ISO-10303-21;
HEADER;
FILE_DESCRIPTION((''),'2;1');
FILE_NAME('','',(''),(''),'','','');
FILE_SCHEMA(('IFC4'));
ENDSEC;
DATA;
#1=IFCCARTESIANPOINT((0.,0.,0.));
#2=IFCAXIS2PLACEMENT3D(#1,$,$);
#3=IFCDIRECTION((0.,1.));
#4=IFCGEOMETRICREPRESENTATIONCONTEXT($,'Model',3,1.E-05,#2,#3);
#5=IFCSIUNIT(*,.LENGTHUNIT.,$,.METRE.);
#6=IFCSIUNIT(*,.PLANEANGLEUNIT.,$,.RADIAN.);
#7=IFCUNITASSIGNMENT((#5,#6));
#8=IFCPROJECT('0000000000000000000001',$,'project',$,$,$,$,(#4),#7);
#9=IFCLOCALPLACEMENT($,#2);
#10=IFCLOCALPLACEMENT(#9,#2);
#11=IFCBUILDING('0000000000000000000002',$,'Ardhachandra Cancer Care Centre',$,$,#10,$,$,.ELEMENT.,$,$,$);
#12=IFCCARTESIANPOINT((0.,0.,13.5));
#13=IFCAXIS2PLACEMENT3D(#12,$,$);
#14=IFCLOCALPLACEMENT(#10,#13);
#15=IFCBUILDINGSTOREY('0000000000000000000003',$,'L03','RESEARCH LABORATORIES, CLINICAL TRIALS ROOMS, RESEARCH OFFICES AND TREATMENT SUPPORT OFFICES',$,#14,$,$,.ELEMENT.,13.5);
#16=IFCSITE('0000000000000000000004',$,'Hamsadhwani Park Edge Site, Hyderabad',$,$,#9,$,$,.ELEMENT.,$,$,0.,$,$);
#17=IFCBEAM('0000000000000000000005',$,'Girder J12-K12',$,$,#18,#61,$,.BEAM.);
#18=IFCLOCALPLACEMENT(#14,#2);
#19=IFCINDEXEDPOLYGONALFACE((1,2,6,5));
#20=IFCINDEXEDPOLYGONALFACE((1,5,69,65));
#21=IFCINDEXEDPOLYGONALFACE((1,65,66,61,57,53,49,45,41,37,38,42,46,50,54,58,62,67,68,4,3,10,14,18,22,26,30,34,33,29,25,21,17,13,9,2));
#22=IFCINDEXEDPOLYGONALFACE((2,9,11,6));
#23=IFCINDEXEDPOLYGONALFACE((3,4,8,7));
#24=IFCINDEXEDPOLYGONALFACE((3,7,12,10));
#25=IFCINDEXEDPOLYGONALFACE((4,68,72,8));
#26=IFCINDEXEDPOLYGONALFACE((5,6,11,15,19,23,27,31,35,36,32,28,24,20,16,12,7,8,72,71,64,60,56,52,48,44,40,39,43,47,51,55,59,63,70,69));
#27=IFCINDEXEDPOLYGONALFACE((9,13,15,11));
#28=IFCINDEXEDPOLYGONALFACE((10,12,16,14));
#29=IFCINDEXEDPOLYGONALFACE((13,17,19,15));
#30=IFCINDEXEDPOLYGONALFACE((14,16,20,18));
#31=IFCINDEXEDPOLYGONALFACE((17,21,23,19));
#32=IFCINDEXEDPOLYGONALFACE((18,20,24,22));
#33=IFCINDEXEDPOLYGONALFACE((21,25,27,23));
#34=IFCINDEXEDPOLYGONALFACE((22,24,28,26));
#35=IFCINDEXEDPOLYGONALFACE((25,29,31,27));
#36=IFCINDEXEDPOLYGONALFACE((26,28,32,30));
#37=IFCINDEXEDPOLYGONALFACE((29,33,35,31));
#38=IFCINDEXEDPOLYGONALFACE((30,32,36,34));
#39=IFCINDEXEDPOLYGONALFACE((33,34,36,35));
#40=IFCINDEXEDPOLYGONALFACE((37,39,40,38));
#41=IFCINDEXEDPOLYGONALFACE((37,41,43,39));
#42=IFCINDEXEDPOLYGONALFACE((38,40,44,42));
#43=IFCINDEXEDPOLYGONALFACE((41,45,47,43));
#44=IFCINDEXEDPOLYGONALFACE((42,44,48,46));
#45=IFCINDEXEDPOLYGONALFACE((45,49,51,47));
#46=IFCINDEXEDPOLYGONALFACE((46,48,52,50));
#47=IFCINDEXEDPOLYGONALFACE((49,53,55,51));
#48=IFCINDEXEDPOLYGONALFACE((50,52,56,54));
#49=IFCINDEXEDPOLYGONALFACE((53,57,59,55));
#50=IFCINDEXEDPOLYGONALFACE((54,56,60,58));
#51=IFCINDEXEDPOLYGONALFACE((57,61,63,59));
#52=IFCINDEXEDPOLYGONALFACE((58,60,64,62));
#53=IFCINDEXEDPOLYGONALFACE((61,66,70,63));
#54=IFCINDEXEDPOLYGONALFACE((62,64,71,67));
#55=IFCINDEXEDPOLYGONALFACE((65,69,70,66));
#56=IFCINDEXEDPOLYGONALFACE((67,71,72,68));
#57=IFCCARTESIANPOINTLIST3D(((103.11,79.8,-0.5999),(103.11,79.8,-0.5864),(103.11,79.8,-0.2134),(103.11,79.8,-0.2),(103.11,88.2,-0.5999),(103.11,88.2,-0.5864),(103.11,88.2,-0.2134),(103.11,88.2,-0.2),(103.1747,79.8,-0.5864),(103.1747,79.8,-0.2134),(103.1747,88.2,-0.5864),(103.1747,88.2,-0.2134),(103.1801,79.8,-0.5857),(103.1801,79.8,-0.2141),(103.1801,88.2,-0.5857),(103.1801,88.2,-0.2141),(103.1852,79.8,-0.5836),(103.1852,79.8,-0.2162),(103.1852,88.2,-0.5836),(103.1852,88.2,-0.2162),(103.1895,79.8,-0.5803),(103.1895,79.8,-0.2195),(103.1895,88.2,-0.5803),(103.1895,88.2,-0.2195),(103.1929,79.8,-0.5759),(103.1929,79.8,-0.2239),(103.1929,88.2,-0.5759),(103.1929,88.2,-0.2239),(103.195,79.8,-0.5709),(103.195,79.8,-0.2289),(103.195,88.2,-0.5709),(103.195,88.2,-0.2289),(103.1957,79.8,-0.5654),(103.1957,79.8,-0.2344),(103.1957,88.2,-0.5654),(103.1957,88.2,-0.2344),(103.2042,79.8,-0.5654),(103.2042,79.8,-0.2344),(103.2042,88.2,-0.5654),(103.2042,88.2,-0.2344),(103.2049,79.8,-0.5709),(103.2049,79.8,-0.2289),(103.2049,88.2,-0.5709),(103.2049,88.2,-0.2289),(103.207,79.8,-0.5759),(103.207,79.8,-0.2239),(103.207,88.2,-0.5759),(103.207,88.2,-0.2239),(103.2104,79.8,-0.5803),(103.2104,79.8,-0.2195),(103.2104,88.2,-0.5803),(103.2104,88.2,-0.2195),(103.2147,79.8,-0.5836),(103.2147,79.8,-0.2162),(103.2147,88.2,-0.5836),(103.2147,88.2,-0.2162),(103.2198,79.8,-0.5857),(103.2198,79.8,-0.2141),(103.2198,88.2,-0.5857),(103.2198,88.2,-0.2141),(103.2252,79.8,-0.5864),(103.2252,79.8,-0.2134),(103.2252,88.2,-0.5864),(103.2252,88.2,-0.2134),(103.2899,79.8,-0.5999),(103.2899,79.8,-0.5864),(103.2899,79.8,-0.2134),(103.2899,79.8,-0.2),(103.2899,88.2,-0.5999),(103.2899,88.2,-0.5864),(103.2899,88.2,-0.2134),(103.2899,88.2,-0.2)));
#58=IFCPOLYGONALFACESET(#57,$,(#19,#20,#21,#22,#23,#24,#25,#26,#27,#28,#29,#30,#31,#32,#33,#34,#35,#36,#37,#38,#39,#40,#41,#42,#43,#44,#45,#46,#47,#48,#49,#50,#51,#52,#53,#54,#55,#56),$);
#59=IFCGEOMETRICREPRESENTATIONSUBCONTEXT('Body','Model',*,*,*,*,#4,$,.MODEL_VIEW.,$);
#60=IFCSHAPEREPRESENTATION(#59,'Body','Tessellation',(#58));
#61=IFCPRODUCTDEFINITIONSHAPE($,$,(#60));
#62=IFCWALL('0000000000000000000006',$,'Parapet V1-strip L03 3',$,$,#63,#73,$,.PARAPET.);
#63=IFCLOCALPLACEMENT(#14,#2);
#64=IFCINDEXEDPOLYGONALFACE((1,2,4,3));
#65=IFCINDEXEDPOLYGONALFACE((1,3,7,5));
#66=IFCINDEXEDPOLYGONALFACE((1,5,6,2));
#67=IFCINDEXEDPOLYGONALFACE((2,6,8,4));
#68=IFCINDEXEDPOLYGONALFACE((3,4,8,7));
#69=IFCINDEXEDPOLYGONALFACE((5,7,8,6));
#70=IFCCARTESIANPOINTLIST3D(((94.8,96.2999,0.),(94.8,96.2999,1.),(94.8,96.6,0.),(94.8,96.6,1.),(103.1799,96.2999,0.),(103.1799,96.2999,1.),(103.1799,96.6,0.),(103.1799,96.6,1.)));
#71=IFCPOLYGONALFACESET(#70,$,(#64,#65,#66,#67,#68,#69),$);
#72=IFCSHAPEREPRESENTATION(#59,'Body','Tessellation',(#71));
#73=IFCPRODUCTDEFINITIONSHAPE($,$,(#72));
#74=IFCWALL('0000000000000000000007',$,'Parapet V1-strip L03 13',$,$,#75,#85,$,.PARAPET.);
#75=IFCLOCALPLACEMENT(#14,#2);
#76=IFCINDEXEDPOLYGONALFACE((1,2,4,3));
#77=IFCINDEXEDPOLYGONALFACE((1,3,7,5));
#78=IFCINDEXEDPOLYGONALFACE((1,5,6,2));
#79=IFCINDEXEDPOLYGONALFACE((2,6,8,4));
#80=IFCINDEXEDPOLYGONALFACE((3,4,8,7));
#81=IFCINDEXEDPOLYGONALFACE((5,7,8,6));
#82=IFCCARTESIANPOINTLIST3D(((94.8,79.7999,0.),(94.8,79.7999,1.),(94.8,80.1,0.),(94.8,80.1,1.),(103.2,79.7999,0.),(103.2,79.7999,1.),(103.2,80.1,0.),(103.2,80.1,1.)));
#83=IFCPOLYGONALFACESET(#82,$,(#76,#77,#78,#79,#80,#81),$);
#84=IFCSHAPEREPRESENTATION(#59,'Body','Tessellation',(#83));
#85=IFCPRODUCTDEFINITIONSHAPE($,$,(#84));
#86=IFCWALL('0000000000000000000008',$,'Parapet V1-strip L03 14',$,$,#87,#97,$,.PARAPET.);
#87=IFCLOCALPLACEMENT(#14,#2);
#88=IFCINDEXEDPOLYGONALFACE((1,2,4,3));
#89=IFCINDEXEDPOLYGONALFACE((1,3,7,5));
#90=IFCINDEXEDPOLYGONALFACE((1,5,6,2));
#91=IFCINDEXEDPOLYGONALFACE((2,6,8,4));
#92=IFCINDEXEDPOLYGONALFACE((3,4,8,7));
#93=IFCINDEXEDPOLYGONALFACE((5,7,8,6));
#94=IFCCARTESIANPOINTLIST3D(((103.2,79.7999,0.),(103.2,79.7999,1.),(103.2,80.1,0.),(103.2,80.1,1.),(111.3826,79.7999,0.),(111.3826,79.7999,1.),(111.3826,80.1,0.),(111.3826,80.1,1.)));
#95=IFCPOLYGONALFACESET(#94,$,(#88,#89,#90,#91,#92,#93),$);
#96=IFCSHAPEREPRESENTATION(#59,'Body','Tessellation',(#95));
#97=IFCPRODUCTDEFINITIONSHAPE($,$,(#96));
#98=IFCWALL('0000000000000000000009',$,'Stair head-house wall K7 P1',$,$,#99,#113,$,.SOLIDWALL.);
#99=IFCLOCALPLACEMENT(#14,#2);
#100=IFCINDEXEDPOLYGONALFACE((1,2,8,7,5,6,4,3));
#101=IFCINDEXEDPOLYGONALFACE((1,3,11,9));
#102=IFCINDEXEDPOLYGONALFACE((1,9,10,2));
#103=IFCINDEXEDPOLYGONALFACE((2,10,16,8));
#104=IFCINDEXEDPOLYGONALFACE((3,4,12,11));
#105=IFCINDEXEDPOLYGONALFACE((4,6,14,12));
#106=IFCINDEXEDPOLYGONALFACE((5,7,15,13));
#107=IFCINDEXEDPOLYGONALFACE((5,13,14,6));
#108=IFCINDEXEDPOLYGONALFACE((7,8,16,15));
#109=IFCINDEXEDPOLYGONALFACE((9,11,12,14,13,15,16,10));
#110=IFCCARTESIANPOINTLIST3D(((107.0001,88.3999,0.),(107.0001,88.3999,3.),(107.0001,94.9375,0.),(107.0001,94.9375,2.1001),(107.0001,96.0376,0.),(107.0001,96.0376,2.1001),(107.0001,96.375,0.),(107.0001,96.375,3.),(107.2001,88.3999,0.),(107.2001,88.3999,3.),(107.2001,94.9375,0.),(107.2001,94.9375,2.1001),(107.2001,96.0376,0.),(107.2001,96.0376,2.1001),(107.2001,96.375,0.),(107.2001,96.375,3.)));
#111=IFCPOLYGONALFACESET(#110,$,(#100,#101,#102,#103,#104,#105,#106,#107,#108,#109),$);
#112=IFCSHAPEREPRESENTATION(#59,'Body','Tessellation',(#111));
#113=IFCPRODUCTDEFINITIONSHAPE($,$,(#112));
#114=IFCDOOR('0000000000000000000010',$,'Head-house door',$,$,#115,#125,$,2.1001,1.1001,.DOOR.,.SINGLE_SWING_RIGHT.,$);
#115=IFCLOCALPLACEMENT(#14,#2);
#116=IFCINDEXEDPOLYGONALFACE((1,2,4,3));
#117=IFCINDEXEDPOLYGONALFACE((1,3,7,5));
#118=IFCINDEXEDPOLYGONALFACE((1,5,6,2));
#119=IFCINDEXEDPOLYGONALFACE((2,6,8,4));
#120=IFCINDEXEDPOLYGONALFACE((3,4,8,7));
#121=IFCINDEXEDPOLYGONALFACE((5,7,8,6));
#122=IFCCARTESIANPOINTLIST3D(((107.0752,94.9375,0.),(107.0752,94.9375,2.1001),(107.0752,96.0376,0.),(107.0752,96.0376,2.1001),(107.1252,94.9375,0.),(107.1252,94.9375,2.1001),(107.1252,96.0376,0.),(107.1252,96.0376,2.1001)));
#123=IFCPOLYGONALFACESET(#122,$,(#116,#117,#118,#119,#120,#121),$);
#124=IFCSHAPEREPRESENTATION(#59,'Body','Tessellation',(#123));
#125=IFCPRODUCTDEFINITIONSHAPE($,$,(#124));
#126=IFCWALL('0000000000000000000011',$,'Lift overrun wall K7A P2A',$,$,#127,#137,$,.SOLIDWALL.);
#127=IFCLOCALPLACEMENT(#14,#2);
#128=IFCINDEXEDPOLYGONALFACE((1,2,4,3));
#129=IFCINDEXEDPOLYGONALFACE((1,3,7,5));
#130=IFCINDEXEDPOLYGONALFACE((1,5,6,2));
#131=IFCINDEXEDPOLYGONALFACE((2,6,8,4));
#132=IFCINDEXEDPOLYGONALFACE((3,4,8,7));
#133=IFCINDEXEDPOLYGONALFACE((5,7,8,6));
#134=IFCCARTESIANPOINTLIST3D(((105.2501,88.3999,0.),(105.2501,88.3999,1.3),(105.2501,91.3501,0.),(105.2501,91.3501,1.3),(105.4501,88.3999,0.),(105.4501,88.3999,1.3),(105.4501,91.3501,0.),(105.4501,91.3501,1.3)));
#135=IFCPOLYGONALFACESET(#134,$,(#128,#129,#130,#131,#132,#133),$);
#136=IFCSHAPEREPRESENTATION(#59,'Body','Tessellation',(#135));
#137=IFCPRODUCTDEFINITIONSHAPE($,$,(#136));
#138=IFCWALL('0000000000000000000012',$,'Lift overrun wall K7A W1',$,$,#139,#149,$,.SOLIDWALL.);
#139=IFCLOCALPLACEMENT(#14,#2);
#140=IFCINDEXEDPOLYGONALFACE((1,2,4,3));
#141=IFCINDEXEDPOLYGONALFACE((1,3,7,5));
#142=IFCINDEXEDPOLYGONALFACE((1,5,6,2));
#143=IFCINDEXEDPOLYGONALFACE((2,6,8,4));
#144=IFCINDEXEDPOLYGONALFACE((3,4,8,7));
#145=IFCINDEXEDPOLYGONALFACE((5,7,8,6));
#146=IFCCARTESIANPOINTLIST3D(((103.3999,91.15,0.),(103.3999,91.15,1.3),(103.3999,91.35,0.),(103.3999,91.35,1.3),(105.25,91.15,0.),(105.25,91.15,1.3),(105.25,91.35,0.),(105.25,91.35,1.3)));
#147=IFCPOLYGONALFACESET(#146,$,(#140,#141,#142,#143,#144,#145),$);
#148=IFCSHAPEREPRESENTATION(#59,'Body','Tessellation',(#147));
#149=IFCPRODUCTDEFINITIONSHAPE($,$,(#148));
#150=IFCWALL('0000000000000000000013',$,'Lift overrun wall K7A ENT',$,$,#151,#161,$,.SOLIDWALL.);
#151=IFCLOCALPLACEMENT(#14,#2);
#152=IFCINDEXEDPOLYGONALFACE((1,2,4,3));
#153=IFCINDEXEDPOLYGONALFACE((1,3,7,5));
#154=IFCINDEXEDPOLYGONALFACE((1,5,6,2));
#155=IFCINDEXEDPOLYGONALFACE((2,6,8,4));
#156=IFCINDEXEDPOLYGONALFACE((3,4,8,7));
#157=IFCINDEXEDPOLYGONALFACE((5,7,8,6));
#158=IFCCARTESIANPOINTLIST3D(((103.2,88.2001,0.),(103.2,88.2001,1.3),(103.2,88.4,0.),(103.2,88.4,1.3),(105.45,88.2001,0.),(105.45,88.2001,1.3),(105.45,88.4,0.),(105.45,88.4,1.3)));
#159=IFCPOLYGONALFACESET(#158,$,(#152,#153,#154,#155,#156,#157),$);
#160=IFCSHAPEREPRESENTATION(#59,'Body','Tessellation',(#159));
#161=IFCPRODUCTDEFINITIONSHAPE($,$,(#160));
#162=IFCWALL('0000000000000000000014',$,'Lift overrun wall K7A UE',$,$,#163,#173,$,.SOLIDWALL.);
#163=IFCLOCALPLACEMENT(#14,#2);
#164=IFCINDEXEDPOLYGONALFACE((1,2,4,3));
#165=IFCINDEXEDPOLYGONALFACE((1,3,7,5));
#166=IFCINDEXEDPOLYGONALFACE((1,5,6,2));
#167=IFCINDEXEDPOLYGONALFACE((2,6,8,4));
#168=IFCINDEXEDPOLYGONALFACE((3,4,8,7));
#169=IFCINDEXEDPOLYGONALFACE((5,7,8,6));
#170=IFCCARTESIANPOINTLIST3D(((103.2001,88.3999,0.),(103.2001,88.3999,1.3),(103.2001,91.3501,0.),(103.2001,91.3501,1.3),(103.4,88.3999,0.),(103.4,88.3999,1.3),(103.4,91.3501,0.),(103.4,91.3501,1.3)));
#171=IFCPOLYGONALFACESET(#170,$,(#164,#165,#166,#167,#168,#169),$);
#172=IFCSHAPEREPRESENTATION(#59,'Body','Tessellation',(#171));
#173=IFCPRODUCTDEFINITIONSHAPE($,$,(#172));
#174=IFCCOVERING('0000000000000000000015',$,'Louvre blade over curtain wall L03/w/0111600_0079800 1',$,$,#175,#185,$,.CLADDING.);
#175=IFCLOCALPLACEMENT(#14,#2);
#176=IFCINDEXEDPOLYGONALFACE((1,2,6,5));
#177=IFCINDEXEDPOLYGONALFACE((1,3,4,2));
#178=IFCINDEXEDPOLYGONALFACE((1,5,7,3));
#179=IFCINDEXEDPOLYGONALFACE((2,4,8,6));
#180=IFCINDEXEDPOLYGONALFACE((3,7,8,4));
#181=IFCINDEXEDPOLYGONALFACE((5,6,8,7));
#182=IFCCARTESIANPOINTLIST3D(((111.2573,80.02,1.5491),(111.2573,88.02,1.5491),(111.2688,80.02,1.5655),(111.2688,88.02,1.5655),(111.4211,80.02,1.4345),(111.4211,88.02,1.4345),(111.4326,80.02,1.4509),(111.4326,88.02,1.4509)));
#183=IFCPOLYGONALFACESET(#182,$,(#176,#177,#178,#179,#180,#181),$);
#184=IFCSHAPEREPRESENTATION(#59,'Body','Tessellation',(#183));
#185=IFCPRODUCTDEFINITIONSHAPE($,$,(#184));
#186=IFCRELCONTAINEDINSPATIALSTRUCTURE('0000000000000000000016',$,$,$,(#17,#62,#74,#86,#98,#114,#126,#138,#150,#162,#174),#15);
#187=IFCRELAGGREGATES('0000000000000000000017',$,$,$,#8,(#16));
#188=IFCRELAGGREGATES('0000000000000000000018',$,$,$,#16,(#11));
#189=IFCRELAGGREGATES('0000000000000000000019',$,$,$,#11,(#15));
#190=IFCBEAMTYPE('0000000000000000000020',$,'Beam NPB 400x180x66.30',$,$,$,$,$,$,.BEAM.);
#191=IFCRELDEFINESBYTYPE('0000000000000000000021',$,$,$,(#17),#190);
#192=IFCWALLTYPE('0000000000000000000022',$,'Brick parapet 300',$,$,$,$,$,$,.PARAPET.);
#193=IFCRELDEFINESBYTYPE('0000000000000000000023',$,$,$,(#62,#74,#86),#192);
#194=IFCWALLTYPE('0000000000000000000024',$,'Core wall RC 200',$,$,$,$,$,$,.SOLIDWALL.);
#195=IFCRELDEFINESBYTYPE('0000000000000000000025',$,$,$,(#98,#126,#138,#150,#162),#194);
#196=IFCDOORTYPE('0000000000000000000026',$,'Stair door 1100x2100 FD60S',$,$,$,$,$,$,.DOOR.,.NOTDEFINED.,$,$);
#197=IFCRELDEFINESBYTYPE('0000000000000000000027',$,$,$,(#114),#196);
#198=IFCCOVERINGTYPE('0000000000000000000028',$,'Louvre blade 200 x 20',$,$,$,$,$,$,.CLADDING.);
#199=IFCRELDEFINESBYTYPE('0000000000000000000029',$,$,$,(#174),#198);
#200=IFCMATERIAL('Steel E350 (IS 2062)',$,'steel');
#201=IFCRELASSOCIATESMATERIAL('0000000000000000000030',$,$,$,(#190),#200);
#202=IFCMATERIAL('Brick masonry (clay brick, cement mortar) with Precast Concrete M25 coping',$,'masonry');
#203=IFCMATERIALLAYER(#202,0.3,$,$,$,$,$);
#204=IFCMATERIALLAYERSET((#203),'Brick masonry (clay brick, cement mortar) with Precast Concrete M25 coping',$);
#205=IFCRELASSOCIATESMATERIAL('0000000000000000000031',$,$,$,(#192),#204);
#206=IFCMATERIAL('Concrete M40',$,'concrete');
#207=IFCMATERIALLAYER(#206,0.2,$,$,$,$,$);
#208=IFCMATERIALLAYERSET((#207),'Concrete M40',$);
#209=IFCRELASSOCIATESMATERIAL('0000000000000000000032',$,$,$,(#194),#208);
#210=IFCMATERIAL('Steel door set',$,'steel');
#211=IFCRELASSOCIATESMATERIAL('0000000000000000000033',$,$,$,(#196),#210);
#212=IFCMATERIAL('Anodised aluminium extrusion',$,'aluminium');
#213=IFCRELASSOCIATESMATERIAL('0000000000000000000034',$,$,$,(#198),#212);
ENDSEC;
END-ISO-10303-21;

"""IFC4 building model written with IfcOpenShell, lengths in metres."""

from ifc_helpers import new_model, si_unit, direction, frame, frame_2d, origin, origin_2d, place, context, subcontext, project, spatial, rectangle, i_section, extrude, material, layer, layer_set, material_profile, profile_set, type_object, element, fill, save


model = new_model("IFC4")

# Units and contexts
model_context = context("Model", 3, precision=1e-05, world=origin(), true_north=direction((0.0, 1.0)))
body_context = subcontext(model_context, "Body", "Model", "MODEL_VIEW")
ifc_project = project(units=[si_unit("LENGTHUNIT", "METRE"), si_unit("PLANEANGLEUNIT", "RADIAN")], contexts=[model_context])

# Site, building, storey
site_placement = place(None, origin())
site = spatial("IfcSite", under=ifc_project, at=site_placement, Name="Hamsadhwani Park Edge Site, Hyderabad", CompositionType="ELEMENT", RefElevation=0.0)
building_placement = place(site_placement, origin())
building = spatial("IfcBuilding", under=site, at=building_placement, Name="Ardhachandra Cancer Care Centre", CompositionType="ELEMENT")
storey_placement = place(building_placement, frame((0.0, 0.0, 13.5)))
storey = spatial("IfcBuildingStorey", under=building, at=storey_placement, Name="L03", Description="RESEARCH LABORATORIES, CLINICAL TRIALS ROOMS, RESEARCH OFFICES AND TREATMENT SUPPORT OFFICES", CompositionType="ELEMENT", Elevation=13.5)

# Beam
ifc_material_1 = material(Name="Steel E350 (IS 2062)", Category="steel")
ifc_material_profile_1 = material_profile(ifc_material_1, i_section(OverallWidth=0.1799, OverallDepth=0.3999, WebThickness=0.0085, FlangeThickness=0.0134, FilletRadius=0.021, at=origin_2d()), Name="NPB 400x180x66.30")
ifc_profile_set_1 = profile_set([ifc_material_profile_1], Name="Steel E350 (IS 2062)")
beam_type_1 = type_object("IfcBeamType", Name="Beam NPB 400x180x66.30", PredefinedType="BEAM", material=ifc_profile_set_1)
beam_1_placement = place(storey_placement, frame((103.2, 79.8, -0.3999), z_axis=(0.0, 1.0, 0.0), x_axis=(-1.0, 0.0, 0.0)))
element("IfcBeam", 1, at=beam_1_placement, inside=storey, type_object=beam_type_1, Name="Girder J12-K12", PredefinedType="BEAM", context=body_context, shape_type="SweptSolid", body=[
    extrude(i_section(OverallWidth=0.1799, OverallDepth=0.3999, WebThickness=0.0085, FlangeThickness=0.0134, FilletRadius=0.021, at=origin_2d()), origin(), (0.0, 0.0, 1.0), 8.3999),
])

# Walls
ifc_material_2 = material(Name="Brick masonry (clay brick, cement mortar) with Precast Concrete M25 coping", Category="masonry")
ifc_layer_1 = layer(ifc_material_2, 0.3)
ifc_layer_set_1 = layer_set([ifc_layer_1], Name="Brick masonry (clay brick, cement mortar) with Precast Concrete M25 coping")
wall_type_1 = type_object("IfcWallType", Name="Brick parapet 300", PredefinedType="PARAPET", material=ifc_layer_set_1)
wall_1_placement = place(storey_placement, frame((94.8, 96.45, 0.0), z_axis=(0.0, 0.0, 1.0), x_axis=(1.0, 0.0, 0.0)))
element("IfcWall", 2, at=wall_1_placement, inside=storey, type_object=wall_type_1, Name="Parapet V1-strip L03 3", PredefinedType="PARAPET", context=body_context, shape_type="SweptSolid", body=[
    extrude(rectangle(XDim=8.3799, YDim=0.3, at=frame_2d((4.1899, 0.0))), origin(), (0.0, 0.0, 1.0), 1.0),
])
wall_2_placement = place(storey_placement, frame((94.8, 79.95, 0.0), z_axis=(0.0, 0.0, 1.0), x_axis=(1.0, 0.0, 0.0)))
element("IfcWall", 3, at=wall_2_placement, inside=storey, type_object=wall_type_1, Name="Parapet V1-strip L03 13", PredefinedType="PARAPET", context=body_context, shape_type="SweptSolid", body=[
    extrude(rectangle(XDim=8.3999, YDim=0.3, at=frame_2d((4.2, 0.0))), origin(), (0.0, 0.0, 1.0), 1.0),
])
wall_3_placement = place(storey_placement, frame((103.2, 79.95, 0.0), z_axis=(0.0, 0.0, 1.0), x_axis=(1.0, 0.0, 0.0)))
element("IfcWall", 4, at=wall_3_placement, inside=storey, type_object=wall_type_1, Name="Parapet V1-strip L03 14", PredefinedType="PARAPET", context=body_context, shape_type="SweptSolid", body=[
    extrude(rectangle(XDim=8.1826, YDim=0.3, at=frame_2d((4.0913, 0.0))), origin(), (0.0, 0.0, 1.0), 1.0),
])

# Wall, opening, door
ifc_material_3 = material(Name="Concrete M40", Category="concrete")
ifc_layer_2 = layer(ifc_material_3, 0.2)
ifc_layer_set_2 = layer_set([ifc_layer_2], Name="Concrete M40")
wall_type_2 = type_object("IfcWallType", Name="Core wall RC 200", PredefinedType="SOLIDWALL", material=ifc_layer_set_2)
wall_4_placement = place(storey_placement, frame((107.1001, 88.3999, 0.0), z_axis=(0.0, 0.0, 1.0), x_axis=(0.0, 1.0, 0.0)))
wall_4 = element("IfcWall", 5, at=wall_4_placement, inside=storey, type_object=wall_type_2, Name="Stair head-house wall K7 P1", PredefinedType="SOLIDWALL", context=body_context, shape_type="SweptSolid", body=[
    extrude(rectangle(XDim=7.9751, YDim=0.2, at=frame_2d((3.9875, 0.0))), origin(), (0.0, 0.0, 1.0), 3.0),
])
opening_placement = place(wall_4_placement, frame((6.5376, 0.0, 0.0)))
opening = element("IfcOpeningElement", 6, at=opening_placement, cuts=wall_4, PredefinedType="OPENING", context=body_context, shape_type="SweptSolid", body=[
    extrude(rectangle(XDim=1.1001, YDim=2.1001, at=frame_2d((0.55, 1.05))), frame((0.0, 0.1099, 0.0), z_axis=(0.0, -1.0, 0.0), x_axis=(1.0, 0.0, 0.0)), (0.0, 0.0, 1.0), 0.22),
])
ifc_material_4 = material(Name="Steel door set", Category="steel")
door_type = type_object("IfcDoorType", Name="Stair door 1100x2100 FD60S", OperationType="NOTDEFINED", PredefinedType="DOOR", material=ifc_material_4)
door_placement = place(opening_placement, origin())
door = element("IfcDoor", 7, at=door_placement, inside=storey, type_object=door_type, Name="Head-house door", OperationType="SINGLE_SWING_RIGHT", OverallHeight=2.1001, OverallWidth=1.1001, PredefinedType="DOOR", context=body_context, shape_type="SweptSolid", body=[
    extrude(rectangle(XDim=1.1001, YDim=2.1001, at=frame_2d((0.55, 1.05))), frame((0.0, 0.0249, 0.0), z_axis=(0.0, -1.0, 0.0), x_axis=(1.0, 0.0, 0.0)), (0.0, 0.0, 1.0), 0.05),
])
fill(opening, door)

# Walls
wall_5_placement = place(storey_placement, frame((105.3501, 88.3999, 0.0), z_axis=(0.0, 0.0, 1.0), x_axis=(0.0, 1.0, 0.0)))
element("IfcWall", 8, at=wall_5_placement, inside=storey, type_object=wall_type_2, Name="Lift overrun wall K7A P2A", PredefinedType="SOLIDWALL", context=body_context, shape_type="SweptSolid", body=[
    extrude(rectangle(XDim=2.9502, YDim=0.2, at=frame_2d((1.4751, 0.0))), origin(), (0.0, 0.0, 1.0), 1.3),
])
wall_6_placement = place(storey_placement, frame((105.25, 91.25, 0.0), z_axis=(0.0, 0.0, 1.0), x_axis=(-1.0, 0.0, 0.0)))
element("IfcWall", 9, at=wall_6_placement, inside=storey, type_object=wall_type_2, Name="Lift overrun wall K7A W1", PredefinedType="SOLIDWALL", context=body_context, shape_type="SweptSolid", body=[
    extrude(rectangle(XDim=1.8501, YDim=0.2, at=frame_2d((0.925, 0.0))), origin(), (0.0, 0.0, 1.0), 1.3),
])
wall_7_placement = place(storey_placement, frame((105.45, 88.3, 0.0), z_axis=(0.0, 0.0, 1.0), x_axis=(-1.0, 0.0, 0.0)))
element("IfcWall", 10, at=wall_7_placement, inside=storey, type_object=wall_type_2, Name="Lift overrun wall K7A ENT", PredefinedType="SOLIDWALL", context=body_context, shape_type="SweptSolid", body=[
    extrude(rectangle(XDim=2.25, YDim=0.2, at=frame_2d((1.125, 0.0))), origin(), (0.0, 0.0, 1.0), 1.3),
])
wall_8_placement = place(storey_placement, frame((103.3, 88.3999, 0.0), z_axis=(0.0, 0.0, 1.0), x_axis=(0.0, 1.0, 0.0)))
element("IfcWall", 11, at=wall_8_placement, inside=storey, type_object=wall_type_2, Name="Lift overrun wall K7A UE", PredefinedType="SOLIDWALL", context=body_context, shape_type="SweptSolid", body=[
    extrude(rectangle(XDim=2.9502, YDim=0.2, at=frame_2d((1.4751, 0.0))), origin(), (0.0, 0.0, 1.0), 1.3),
])

# Covering
ifc_material_5 = material(Name="Anodised aluminium extrusion", Category="aluminium")
ifc_material_profile_2 = material_profile(ifc_material_5, rectangle(XDim=0.2, YDim=0.02, at=origin_2d()), Name="Louvre blade 200 x 20")
ifc_profile_set_2 = profile_set([ifc_material_profile_2], Name="Anodised aluminium extrusion")
covering_type_1 = type_object("IfcCoveringType", Name="Louvre blade 200 x 20", PredefinedType="CLADDING", material=ifc_profile_set_2)
covering_1_placement = place(storey_placement, frame((111.345, 80.02, 1.5), z_axis=(0.0, 1.0, 0.0), x_axis=(-0.819152, 0.0, 0.573576)))
element("IfcCovering", 12, at=covering_1_placement, inside=storey, type_object=covering_type_1, Name="Louvre blade over curtain wall L03/w/0111600_0079800 1", PredefinedType="CLADDING", context=body_context, shape_type="SweptSolid", body=[
    extrude(rectangle(XDim=0.2, YDim=0.02, at=origin_2d()), origin(), (0.0, 0.0, 1.0), 8.0),
])

save(model, "model.ifc")
